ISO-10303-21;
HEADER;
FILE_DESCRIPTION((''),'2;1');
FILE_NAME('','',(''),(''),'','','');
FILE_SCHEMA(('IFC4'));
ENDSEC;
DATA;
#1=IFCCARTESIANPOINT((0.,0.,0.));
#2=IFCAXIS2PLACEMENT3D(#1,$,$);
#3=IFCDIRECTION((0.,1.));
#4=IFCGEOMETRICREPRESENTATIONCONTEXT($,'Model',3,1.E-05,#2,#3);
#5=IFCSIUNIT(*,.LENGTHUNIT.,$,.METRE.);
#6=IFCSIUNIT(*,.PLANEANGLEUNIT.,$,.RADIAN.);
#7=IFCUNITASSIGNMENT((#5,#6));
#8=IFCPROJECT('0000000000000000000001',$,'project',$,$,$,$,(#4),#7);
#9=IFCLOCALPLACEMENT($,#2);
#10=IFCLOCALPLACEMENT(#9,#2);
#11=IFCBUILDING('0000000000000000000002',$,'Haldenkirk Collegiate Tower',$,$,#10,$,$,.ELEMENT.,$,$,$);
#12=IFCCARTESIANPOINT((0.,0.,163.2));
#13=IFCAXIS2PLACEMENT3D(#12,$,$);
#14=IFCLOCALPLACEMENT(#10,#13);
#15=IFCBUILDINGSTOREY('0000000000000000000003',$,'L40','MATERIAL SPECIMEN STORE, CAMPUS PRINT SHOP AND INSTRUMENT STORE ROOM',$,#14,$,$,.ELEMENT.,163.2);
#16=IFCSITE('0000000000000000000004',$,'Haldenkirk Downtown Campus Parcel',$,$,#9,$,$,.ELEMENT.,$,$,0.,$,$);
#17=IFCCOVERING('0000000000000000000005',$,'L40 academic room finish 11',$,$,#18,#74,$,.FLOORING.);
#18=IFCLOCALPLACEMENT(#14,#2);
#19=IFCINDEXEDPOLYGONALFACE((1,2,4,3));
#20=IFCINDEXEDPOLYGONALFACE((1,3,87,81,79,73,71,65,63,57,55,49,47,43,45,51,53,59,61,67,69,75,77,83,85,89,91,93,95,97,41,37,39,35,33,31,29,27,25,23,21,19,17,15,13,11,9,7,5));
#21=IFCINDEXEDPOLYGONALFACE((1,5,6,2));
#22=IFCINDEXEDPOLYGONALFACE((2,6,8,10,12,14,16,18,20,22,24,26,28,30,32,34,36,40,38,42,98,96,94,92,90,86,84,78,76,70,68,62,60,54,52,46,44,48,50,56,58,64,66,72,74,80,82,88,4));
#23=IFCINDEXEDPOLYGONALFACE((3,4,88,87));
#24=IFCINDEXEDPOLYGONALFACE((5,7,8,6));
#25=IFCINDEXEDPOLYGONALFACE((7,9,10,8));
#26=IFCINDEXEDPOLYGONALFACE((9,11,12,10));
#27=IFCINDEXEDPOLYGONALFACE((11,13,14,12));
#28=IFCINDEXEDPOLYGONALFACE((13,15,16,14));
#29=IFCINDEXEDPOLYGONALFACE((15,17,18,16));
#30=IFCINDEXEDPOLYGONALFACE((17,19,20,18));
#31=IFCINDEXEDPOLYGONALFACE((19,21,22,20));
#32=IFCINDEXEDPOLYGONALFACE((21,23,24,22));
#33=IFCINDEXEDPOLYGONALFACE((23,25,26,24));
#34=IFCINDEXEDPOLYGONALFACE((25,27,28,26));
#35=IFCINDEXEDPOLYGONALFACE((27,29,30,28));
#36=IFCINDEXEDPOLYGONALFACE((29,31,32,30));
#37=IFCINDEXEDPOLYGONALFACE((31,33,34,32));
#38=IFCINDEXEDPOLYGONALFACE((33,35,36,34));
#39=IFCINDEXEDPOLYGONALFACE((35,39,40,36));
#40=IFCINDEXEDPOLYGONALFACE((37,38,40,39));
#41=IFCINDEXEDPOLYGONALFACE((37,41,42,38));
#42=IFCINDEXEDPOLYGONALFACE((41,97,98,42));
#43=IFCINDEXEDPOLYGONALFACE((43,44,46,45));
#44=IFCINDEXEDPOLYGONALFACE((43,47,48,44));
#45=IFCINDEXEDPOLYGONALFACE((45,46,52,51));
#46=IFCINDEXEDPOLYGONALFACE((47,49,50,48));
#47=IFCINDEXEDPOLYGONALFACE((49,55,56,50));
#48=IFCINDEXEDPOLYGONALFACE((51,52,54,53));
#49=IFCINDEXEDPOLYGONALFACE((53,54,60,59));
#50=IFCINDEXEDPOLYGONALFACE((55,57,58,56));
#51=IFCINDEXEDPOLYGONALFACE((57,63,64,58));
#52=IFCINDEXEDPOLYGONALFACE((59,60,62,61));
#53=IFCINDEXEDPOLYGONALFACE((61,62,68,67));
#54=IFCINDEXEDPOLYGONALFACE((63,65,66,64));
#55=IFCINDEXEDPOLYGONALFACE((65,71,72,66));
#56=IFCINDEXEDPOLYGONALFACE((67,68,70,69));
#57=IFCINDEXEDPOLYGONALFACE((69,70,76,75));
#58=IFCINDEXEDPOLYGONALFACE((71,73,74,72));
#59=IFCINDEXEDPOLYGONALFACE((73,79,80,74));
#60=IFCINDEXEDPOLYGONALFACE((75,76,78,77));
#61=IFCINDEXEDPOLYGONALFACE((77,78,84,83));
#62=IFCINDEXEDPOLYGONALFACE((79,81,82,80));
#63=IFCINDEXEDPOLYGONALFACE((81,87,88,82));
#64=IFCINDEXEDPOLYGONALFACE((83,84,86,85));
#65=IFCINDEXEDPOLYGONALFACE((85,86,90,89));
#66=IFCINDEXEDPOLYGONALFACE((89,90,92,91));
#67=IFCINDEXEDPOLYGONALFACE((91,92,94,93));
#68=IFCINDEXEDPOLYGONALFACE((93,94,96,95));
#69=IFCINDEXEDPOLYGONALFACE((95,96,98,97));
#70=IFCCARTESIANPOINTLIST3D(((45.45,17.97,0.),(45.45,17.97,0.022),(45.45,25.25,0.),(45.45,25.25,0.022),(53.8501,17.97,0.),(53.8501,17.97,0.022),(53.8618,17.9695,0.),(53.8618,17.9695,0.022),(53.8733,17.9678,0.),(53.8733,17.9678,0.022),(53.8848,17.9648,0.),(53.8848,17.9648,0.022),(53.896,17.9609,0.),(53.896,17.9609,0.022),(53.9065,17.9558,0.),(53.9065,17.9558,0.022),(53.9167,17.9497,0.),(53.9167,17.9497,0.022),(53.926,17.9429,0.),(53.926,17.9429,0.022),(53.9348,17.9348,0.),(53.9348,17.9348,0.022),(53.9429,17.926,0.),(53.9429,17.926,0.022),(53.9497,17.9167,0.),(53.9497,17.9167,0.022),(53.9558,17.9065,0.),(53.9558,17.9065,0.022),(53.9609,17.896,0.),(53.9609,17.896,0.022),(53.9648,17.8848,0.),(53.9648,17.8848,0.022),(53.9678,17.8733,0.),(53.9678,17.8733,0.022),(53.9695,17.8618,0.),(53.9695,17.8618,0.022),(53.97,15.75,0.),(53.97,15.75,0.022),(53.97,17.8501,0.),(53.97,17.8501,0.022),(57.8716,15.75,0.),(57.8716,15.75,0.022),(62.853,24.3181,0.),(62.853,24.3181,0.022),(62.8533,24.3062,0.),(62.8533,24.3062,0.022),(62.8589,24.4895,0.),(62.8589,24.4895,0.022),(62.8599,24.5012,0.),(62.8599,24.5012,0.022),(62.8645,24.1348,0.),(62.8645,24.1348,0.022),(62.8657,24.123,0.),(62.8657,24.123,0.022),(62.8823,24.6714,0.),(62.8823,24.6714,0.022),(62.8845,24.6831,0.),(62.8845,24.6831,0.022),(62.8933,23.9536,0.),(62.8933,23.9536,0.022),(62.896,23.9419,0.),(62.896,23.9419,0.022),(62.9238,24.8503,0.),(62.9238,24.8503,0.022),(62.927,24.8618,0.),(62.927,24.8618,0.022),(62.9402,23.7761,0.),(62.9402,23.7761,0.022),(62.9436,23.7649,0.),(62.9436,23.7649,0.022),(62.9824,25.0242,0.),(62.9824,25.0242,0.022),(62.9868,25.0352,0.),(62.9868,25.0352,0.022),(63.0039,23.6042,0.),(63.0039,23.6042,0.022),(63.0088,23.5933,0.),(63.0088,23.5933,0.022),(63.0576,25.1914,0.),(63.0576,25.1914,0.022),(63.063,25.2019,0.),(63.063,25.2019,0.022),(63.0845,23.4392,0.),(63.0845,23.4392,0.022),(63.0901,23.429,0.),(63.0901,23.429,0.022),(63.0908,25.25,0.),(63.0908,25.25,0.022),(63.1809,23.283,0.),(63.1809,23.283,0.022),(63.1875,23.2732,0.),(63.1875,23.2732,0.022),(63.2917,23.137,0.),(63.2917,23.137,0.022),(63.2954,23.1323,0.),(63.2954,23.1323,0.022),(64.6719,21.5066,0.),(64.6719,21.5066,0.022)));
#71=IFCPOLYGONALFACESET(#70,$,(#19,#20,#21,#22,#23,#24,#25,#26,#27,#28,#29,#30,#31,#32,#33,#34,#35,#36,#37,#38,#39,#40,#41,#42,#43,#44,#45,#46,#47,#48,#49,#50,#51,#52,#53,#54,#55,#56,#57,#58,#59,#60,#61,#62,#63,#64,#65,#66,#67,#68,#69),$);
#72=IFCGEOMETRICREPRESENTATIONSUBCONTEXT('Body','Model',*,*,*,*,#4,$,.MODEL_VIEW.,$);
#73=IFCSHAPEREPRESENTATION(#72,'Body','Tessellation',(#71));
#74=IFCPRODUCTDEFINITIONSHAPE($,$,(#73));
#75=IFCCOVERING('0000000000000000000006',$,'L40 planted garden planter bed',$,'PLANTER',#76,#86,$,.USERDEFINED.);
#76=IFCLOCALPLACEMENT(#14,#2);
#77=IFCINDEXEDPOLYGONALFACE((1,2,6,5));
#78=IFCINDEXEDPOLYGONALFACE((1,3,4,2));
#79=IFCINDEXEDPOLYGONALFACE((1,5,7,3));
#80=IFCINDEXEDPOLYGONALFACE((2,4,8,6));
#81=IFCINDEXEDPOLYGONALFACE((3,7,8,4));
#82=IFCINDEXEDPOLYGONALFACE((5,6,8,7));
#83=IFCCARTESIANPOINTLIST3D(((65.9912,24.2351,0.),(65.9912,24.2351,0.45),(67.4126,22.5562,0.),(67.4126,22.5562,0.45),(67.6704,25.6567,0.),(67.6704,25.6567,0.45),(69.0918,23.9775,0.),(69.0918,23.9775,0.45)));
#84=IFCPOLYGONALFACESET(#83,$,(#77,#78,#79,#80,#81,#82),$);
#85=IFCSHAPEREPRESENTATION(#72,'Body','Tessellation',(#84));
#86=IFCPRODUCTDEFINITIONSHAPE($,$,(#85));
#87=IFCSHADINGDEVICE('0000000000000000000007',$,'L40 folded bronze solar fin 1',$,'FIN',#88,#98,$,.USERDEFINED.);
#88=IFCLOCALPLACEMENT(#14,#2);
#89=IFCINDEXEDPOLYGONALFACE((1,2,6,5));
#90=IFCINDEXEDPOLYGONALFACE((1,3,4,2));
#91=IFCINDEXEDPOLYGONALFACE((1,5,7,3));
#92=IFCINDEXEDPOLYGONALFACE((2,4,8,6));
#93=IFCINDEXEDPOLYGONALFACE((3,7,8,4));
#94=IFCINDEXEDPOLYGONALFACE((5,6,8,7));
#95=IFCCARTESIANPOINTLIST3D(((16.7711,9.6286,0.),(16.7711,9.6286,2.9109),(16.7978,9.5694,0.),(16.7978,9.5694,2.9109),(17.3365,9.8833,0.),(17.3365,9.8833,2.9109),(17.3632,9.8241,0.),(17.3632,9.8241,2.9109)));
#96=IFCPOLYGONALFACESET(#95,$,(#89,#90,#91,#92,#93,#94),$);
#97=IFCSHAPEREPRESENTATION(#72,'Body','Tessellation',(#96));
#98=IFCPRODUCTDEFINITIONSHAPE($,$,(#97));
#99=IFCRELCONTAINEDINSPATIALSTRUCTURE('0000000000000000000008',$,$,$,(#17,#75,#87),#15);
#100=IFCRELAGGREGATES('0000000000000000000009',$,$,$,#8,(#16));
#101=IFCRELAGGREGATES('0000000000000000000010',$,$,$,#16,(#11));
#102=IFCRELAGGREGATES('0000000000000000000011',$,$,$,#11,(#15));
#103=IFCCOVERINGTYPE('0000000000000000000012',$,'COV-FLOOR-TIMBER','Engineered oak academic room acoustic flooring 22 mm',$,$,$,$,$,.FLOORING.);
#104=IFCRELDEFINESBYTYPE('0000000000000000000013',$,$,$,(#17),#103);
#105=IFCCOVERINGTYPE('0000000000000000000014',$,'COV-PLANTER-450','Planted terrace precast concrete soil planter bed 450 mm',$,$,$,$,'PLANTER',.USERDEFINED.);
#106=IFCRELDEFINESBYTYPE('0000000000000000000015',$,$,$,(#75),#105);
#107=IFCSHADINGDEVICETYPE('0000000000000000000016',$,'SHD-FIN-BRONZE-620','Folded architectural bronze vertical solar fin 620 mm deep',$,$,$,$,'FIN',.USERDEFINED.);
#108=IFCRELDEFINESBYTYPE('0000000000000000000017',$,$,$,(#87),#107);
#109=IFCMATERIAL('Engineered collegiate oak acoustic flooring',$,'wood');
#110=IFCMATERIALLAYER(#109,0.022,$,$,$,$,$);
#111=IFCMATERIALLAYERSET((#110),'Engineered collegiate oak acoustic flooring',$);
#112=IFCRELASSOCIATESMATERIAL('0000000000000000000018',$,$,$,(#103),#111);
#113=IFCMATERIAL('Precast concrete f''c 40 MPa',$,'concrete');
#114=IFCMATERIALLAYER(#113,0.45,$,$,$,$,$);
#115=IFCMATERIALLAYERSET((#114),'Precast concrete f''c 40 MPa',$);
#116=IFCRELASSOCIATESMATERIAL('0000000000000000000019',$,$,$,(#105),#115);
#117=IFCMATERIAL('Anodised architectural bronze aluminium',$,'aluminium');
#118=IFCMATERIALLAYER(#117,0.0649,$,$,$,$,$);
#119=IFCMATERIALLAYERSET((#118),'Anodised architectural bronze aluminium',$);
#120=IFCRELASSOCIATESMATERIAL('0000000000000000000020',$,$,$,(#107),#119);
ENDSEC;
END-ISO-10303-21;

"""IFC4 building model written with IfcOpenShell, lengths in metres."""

from ifc_helpers import new_model, si_unit, direction, frame, origin, origin_2d, place, context, subcontext, project, spatial, polyline, rectangle, outline, extrude, source, transform, mapped, material, layer, layer_set, type_object, element, save


model = new_model("IFC4")

# Units and contexts
model_context = context("Model", 3, precision=1e-05, world=origin(), true_north=direction((0.0, 1.0)))
body_context = subcontext(model_context, "Body", "Model", "MODEL_VIEW")
ifc_project = project(units=[si_unit("LENGTHUNIT", "METRE"), si_unit("PLANEANGLEUNIT", "RADIAN")], contexts=[model_context])

# Site, building, storey
site_placement = place(None, origin())
site = spatial("IfcSite", under=ifc_project, at=site_placement, Name="Haldenkirk Downtown Campus Parcel", CompositionType="ELEMENT", RefElevation=0.0)
building_placement = place(site_placement, origin())
building = spatial("IfcBuilding", under=site, at=building_placement, Name="Haldenkirk Collegiate Tower", CompositionType="ELEMENT")
storey_placement = place(building_placement, frame((0.0, 0.0, 163.2)))
storey = spatial("IfcBuildingStorey", under=building, at=storey_placement, Name="L40", Description="MATERIAL SPECIMEN STORE, CAMPUS PRINT SHOP AND INSTRUMENT STORE ROOM", CompositionType="ELEMENT", Elevation=163.2)

# Shared definitions
ifc_material_1 = material(Name="Anodised architectural bronze aluminium", Category="aluminium")

# Coverings
ifc_material_2 = material(Name="Engineered collegiate oak acoustic flooring", Category="wood")
ifc_layer_1 = layer(ifc_material_2, 0.022)
ifc_layer_set_1 = layer_set([ifc_layer_1], Name="Engineered collegiate oak acoustic flooring")
covering_type_1 = type_object("IfcCoveringType", Name="COV-FLOOR-TIMBER", Description="Engineered oak academic room acoustic flooring 22 mm", PredefinedType="FLOORING", material=ifc_layer_set_1)
covering_1_placement = place(storey_placement, origin())
element("IfcCovering", 1, at=covering_1_placement, inside=storey, type_object=covering_type_1, Name="L40 academic room finish 11", PredefinedType="FLOORING", context=body_context, shape_type="SweptSolid", body=[
    extrude(outline(polyline([(63.0908, 25.25), (63.063, 25.2019), (63.0576, 25.1914), (62.9868, 25.0352), (62.9824, 25.0242), (62.927, 24.8618), (62.9238, 24.8503), (62.8845, 24.6831), (62.8823, 24.6714), (62.8599, 24.5012), (62.8589, 24.4895), (62.853, 24.3181), (62.8533, 24.3062), (62.8645, 24.1348), (62.8657, 24.123), (62.8933, 23.9536), (62.896, 23.9419), (62.9402, 23.7761), (62.9436, 23.7649), (63.0039, 23.6042), (63.0088, 23.5933), (63.0845, 23.4392), (63.0901, 23.429), (63.1809, 23.283), (63.1875, 23.2732), (63.2917, 23.137), (63.2954, 23.1323), (64.6719, 21.5066), (57.8716, 15.75), (53.97, 15.75), (53.97, 17.8501), (53.9695, 17.8618), (53.9678, 17.8733), (53.9648, 17.8848), (53.9609, 17.896), (53.9558, 17.9065), (53.9497, 17.9167), (53.9429, 17.926), (53.9348, 17.9348), (53.926, 17.9429), (53.9167, 17.9497), (53.9065, 17.9558), (53.896, 17.9609), (53.8848, 17.9648), (53.8733, 17.9678), (53.8618, 17.9695), (53.8501, 17.97), (45.45, 17.97), (45.45, 25.25), (63.0908, 25.25)])), origin(), (0.0, 0.0, 1.0), 0.022),
])
ifc_material_3 = material(Name="Precast concrete f'c 40 MPa", Category="concrete")
ifc_layer_2 = layer(ifc_material_3, 0.45)
ifc_layer_set_2 = layer_set([ifc_layer_2], Name="Precast concrete f'c 40 MPa")
covering_type_2 = type_object("IfcCoveringType", Name="COV-PLANTER-450", Description="Planted terrace precast concrete soil planter bed 450 mm", ElementType="PLANTER", PredefinedType="USERDEFINED", material=ifc_layer_set_2)
covering_2_placement = place(storey_placement, origin())
element("IfcCovering", 2, at=covering_2_placement, inside=storey, type_object=covering_type_2, Name="L40 planted garden planter bed", ObjectType="PLANTER", PredefinedType="USERDEFINED", context=body_context, shape_type="SweptSolid", body=[
    extrude(outline(polyline([(67.4126, 22.5562), (65.9912, 24.2351), (67.6704, 25.6567), (69.0918, 23.9775), (67.4126, 22.5562)])), origin(), (0.0, 0.0, 1.0), 0.45),
])

# Shading device
ifc_layer_3 = layer(ifc_material_1, 0.0649)
ifc_layer_set_3 = layer_set([ifc_layer_3], Name="Anodised architectural bronze aluminium")
shading_device_type = type_object("IfcShadingDeviceType", Name="SHD-FIN-BRONZE-620", Description="Folded architectural bronze vertical solar fin 620 mm deep", ElementType="FIN", PredefinedType="USERDEFINED", material=ifc_layer_set_3)
shared_shape_1 = source(origin(), body_context, "Body", "SweptSolid", [
    extrude(rectangle(XDim=0.6201, YDim=0.0649, at=origin_2d()), origin(), (0.0, 0.0, 1.0), 2.9109),
])
shading_device_placement = place(storey_placement, frame((17.0671, 9.7263, 0.0), z_axis=(0.0, 0.0, 1.0), x_axis=(-0.911762, -0.410719, 0.0)))
element("IfcShadingDevice", 3, at=shading_device_placement, inside=storey, type_object=shading_device_type, Name="L40 folded bronze solar fin 1", ObjectType="FIN", PredefinedType="USERDEFINED", context=body_context, shape_type="MappedRepresentation", body=[
    mapped(shared_shape_1, transform((0.0, 0.0, 0.0), x_axis=(1.0, 0.0, 0.0), y_axis=(0.0, 1.0, 0.0), z_axis=(0.0, 0.0, 1.0), scale=1.0)),
])

save(model, "model.ifc")
